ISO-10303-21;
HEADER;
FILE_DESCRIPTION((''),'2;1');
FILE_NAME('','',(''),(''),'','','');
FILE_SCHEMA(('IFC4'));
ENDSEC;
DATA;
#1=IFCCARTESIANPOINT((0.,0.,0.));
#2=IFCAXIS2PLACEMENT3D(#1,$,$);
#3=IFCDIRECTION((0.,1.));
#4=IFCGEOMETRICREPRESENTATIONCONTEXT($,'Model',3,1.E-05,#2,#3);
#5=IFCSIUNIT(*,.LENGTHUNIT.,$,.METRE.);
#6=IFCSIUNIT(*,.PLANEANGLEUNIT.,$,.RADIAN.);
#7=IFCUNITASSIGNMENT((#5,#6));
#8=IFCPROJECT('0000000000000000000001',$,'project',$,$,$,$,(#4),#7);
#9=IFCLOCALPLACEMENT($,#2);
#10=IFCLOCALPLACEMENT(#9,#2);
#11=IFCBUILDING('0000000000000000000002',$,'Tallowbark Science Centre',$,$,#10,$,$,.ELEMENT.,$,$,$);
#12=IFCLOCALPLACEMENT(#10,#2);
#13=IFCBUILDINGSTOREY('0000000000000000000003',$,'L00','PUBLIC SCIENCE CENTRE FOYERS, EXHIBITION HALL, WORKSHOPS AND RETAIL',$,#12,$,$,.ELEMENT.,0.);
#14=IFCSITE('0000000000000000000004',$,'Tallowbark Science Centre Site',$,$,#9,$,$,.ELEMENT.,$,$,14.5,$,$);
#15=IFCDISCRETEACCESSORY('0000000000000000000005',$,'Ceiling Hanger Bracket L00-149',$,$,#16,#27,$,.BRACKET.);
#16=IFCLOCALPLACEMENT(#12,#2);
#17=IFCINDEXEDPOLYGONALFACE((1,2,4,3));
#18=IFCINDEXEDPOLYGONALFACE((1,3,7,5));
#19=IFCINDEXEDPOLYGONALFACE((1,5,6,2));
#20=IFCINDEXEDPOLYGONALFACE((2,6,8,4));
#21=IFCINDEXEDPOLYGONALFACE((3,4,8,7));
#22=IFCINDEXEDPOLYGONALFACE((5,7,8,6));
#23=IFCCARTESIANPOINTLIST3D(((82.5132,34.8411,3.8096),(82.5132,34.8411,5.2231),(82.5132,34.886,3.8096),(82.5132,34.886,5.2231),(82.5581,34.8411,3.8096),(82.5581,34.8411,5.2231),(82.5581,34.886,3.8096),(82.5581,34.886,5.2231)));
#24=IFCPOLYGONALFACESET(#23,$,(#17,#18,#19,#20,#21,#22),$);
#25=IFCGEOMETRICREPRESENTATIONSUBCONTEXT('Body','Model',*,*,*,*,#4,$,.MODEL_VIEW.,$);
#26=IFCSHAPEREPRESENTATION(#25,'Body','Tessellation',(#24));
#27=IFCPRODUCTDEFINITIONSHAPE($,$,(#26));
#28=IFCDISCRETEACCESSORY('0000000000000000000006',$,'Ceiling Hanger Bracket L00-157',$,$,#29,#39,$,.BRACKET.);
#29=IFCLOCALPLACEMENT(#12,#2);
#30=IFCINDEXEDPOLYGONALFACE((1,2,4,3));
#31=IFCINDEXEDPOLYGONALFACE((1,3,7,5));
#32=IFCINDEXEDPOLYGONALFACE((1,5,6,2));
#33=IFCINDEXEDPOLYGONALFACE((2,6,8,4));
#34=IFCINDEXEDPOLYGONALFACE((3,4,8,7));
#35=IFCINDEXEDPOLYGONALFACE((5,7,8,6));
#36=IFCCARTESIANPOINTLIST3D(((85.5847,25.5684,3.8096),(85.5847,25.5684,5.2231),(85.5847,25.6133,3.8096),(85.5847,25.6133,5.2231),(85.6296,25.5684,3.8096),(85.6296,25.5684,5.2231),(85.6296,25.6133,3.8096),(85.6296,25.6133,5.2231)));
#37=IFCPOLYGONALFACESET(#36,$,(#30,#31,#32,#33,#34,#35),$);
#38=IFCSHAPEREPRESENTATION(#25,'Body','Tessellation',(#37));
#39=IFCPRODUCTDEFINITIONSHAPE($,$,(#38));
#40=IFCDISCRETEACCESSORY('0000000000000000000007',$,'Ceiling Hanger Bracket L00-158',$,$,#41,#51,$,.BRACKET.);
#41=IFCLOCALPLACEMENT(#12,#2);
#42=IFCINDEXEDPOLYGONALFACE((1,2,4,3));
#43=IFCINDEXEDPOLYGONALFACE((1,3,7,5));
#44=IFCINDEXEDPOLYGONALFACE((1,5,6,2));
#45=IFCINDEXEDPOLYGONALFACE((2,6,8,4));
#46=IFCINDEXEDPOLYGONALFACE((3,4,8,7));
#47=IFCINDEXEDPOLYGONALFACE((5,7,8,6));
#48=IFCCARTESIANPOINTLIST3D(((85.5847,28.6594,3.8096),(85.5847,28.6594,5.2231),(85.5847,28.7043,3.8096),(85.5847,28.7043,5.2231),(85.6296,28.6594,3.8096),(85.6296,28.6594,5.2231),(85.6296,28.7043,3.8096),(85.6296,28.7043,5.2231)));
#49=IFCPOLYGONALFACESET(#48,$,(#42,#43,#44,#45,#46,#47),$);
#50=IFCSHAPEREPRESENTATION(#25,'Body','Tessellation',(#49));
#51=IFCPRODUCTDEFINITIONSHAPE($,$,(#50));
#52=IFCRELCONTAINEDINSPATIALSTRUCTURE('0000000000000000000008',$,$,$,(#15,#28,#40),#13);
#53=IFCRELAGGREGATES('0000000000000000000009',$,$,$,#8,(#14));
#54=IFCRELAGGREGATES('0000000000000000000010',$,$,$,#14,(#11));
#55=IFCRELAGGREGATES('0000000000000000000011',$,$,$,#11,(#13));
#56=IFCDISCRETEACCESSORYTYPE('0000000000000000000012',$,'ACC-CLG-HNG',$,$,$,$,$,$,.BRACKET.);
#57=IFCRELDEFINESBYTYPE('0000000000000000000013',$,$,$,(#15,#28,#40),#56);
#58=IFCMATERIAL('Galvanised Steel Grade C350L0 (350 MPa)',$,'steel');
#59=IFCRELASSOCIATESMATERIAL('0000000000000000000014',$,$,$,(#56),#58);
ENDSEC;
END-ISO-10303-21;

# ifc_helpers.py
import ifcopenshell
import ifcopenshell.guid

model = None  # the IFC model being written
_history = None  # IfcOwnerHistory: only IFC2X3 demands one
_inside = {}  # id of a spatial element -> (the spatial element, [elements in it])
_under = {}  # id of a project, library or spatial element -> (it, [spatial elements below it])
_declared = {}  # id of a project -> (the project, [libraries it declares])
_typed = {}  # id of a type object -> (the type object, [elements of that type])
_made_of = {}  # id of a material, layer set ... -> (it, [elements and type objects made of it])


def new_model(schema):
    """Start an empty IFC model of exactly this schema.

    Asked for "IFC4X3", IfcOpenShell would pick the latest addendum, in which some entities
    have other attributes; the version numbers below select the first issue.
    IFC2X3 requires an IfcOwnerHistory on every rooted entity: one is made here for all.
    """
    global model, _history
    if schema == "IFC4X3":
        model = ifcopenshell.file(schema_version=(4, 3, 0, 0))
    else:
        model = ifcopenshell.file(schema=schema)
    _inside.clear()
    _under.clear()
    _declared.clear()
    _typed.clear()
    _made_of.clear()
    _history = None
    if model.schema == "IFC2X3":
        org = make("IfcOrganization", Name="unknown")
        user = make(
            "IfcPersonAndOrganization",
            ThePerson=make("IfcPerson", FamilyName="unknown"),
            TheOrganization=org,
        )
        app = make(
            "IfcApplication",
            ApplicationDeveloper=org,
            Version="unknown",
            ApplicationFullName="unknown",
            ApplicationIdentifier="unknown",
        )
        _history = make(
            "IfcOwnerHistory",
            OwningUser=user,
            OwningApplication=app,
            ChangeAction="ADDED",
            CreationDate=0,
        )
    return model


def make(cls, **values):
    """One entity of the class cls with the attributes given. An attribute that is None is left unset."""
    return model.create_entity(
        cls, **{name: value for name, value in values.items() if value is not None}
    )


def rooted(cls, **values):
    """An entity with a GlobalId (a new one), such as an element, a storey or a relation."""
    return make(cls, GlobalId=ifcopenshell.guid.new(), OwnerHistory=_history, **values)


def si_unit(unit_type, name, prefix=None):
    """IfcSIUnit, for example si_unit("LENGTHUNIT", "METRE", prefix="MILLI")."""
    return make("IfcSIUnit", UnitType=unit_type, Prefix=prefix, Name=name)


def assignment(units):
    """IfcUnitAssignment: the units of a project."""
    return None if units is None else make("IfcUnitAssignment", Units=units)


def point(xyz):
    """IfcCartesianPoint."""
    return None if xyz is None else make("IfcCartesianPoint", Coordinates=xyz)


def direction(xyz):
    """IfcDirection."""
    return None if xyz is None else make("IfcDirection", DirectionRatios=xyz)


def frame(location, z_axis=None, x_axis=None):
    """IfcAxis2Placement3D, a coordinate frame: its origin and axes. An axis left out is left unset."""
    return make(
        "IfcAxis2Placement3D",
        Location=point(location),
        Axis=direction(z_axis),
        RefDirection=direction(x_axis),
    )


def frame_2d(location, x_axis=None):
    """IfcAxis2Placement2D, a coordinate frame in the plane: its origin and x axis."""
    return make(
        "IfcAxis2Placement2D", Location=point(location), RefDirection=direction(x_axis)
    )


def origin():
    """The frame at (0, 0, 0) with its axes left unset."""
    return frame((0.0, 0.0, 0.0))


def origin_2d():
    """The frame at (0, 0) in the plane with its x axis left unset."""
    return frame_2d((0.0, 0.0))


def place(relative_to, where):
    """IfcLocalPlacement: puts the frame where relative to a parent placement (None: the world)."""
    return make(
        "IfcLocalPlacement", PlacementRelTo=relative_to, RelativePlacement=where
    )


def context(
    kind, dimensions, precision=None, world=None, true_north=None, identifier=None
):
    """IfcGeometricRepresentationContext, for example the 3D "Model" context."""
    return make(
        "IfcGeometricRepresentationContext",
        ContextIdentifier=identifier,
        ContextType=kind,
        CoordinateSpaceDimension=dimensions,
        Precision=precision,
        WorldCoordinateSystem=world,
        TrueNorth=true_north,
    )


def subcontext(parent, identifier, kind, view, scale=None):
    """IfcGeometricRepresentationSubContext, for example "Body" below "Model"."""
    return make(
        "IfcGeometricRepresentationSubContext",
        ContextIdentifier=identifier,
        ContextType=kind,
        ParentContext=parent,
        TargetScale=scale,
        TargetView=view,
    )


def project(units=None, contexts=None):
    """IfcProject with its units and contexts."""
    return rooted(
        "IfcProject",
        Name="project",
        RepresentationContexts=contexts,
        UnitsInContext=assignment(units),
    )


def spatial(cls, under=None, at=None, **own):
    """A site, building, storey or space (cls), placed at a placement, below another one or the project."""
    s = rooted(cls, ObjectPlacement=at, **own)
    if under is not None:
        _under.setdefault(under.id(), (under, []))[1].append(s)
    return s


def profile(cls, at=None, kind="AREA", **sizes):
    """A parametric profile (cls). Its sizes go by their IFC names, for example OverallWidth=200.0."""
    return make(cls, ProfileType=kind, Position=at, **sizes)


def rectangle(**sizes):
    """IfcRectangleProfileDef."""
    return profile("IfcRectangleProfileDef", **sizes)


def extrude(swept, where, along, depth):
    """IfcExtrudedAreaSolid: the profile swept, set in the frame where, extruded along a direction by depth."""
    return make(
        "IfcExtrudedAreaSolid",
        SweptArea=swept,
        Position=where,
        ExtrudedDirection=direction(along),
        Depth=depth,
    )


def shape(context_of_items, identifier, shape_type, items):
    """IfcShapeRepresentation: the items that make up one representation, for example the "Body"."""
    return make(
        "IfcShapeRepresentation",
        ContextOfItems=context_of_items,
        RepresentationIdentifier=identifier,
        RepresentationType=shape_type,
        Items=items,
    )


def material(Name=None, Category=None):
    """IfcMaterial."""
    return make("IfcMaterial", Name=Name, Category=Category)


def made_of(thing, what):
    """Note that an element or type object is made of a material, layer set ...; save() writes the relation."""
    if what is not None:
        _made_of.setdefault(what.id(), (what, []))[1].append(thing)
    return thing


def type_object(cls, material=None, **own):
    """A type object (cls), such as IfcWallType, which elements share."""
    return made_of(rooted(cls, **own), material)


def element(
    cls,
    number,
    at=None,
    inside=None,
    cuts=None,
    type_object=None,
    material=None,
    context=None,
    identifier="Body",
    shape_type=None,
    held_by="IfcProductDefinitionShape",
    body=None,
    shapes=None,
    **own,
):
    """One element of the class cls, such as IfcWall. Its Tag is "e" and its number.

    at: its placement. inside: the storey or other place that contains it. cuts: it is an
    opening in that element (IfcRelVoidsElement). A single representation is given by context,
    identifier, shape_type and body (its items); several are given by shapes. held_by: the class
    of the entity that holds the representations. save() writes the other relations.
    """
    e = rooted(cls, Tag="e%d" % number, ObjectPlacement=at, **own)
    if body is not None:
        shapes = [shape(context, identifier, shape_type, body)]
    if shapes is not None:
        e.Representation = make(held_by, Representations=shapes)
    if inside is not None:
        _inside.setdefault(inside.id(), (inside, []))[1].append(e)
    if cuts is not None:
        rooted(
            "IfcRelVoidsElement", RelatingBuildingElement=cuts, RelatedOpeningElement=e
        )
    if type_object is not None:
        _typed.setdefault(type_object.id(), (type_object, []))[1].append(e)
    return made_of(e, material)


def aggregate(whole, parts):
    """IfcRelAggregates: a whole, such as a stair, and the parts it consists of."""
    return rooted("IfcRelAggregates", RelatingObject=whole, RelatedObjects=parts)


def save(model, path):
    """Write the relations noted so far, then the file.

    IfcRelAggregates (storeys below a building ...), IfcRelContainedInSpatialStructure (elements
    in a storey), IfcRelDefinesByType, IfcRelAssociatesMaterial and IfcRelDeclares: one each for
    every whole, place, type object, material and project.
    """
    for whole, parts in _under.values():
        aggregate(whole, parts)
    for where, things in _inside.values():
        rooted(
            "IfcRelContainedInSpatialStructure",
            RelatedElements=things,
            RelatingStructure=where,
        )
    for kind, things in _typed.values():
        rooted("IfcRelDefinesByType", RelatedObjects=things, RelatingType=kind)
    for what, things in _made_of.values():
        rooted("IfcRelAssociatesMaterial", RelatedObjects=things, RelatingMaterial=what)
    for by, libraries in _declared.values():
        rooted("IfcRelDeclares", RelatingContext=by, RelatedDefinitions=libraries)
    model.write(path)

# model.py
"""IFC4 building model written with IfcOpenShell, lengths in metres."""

from ifc_helpers import new_model, si_unit, direction, frame, origin, origin_2d, place, context, subcontext, project, spatial, rectangle, extrude, material, type_object, element, save


model = new_model("IFC4")

# Units and contexts
model_context = context("Model", 3, precision=1e-05, world=origin(), true_north=direction((0.0, 1.0)))
body_context = subcontext(model_context, "Body", "Model", "MODEL_VIEW")
ifc_project = project(units=[si_unit("LENGTHUNIT", "METRE"), si_unit("PLANEANGLEUNIT", "RADIAN")], contexts=[model_context])

# Site, building, storey
site_placement = place(None, origin())
site = spatial("IfcSite", under=ifc_project, at=site_placement, Name="Tallowbark Science Centre Site", CompositionType="ELEMENT", RefElevation=14.5)
building_placement = place(site_placement, origin())
building = spatial("IfcBuilding", under=site, at=building_placement, Name="Tallowbark Science Centre", CompositionType="ELEMENT")
storey_placement = place(building_placement, origin())
storey = spatial("IfcBuildingStorey", under=building, at=storey_placement, Name="L00", Description="PUBLIC SCIENCE CENTRE FOYERS, EXHIBITION HALL, WORKSHOPS AND RETAIL", CompositionType="ELEMENT", Elevation=0.0)

# Discrete accessories
ifc_material_1 = material(Name="Galvanised Steel Grade C350L0 (350 MPa)", Category="steel")
discrete_accessory_type = type_object("IfcDiscreteAccessoryType", Name="ACC-CLG-HNG", PredefinedType="BRACKET", material=ifc_material_1)
for number, where, z_axis, x_axis, name in (
    (1, (82.5356, 34.8635, 3.8096), (0.0, 0.0, 1.0), (1.0, 0.0, 0.0), "Ceiling Hanger Bracket L00-149"),
    (2, (85.6072, 25.5908, 3.8096), (0.0, 0.0, 1.0), (1.0, 0.0, 0.0), "Ceiling Hanger Bracket L00-157"),
    (3, (85.6072, 28.6819, 3.8096), (0.0, 0.0, 1.0), (1.0, 0.0, 0.0), "Ceiling Hanger Bracket L00-158"),
):
    element("IfcDiscreteAccessory", number, at=place(storey_placement, frame(where, z_axis=z_axis, x_axis=x_axis)), inside=storey, type_object=discrete_accessory_type, Name=name, PredefinedType="BRACKET", context=body_context, shape_type="SweptSolid", body=[
        extrude(rectangle(XDim=0.0449, YDim=0.0449, at=origin_2d()), origin(), (0.0, 0.0, 1.0), 1.4136),
    ])

save(model, "model.ifc")
